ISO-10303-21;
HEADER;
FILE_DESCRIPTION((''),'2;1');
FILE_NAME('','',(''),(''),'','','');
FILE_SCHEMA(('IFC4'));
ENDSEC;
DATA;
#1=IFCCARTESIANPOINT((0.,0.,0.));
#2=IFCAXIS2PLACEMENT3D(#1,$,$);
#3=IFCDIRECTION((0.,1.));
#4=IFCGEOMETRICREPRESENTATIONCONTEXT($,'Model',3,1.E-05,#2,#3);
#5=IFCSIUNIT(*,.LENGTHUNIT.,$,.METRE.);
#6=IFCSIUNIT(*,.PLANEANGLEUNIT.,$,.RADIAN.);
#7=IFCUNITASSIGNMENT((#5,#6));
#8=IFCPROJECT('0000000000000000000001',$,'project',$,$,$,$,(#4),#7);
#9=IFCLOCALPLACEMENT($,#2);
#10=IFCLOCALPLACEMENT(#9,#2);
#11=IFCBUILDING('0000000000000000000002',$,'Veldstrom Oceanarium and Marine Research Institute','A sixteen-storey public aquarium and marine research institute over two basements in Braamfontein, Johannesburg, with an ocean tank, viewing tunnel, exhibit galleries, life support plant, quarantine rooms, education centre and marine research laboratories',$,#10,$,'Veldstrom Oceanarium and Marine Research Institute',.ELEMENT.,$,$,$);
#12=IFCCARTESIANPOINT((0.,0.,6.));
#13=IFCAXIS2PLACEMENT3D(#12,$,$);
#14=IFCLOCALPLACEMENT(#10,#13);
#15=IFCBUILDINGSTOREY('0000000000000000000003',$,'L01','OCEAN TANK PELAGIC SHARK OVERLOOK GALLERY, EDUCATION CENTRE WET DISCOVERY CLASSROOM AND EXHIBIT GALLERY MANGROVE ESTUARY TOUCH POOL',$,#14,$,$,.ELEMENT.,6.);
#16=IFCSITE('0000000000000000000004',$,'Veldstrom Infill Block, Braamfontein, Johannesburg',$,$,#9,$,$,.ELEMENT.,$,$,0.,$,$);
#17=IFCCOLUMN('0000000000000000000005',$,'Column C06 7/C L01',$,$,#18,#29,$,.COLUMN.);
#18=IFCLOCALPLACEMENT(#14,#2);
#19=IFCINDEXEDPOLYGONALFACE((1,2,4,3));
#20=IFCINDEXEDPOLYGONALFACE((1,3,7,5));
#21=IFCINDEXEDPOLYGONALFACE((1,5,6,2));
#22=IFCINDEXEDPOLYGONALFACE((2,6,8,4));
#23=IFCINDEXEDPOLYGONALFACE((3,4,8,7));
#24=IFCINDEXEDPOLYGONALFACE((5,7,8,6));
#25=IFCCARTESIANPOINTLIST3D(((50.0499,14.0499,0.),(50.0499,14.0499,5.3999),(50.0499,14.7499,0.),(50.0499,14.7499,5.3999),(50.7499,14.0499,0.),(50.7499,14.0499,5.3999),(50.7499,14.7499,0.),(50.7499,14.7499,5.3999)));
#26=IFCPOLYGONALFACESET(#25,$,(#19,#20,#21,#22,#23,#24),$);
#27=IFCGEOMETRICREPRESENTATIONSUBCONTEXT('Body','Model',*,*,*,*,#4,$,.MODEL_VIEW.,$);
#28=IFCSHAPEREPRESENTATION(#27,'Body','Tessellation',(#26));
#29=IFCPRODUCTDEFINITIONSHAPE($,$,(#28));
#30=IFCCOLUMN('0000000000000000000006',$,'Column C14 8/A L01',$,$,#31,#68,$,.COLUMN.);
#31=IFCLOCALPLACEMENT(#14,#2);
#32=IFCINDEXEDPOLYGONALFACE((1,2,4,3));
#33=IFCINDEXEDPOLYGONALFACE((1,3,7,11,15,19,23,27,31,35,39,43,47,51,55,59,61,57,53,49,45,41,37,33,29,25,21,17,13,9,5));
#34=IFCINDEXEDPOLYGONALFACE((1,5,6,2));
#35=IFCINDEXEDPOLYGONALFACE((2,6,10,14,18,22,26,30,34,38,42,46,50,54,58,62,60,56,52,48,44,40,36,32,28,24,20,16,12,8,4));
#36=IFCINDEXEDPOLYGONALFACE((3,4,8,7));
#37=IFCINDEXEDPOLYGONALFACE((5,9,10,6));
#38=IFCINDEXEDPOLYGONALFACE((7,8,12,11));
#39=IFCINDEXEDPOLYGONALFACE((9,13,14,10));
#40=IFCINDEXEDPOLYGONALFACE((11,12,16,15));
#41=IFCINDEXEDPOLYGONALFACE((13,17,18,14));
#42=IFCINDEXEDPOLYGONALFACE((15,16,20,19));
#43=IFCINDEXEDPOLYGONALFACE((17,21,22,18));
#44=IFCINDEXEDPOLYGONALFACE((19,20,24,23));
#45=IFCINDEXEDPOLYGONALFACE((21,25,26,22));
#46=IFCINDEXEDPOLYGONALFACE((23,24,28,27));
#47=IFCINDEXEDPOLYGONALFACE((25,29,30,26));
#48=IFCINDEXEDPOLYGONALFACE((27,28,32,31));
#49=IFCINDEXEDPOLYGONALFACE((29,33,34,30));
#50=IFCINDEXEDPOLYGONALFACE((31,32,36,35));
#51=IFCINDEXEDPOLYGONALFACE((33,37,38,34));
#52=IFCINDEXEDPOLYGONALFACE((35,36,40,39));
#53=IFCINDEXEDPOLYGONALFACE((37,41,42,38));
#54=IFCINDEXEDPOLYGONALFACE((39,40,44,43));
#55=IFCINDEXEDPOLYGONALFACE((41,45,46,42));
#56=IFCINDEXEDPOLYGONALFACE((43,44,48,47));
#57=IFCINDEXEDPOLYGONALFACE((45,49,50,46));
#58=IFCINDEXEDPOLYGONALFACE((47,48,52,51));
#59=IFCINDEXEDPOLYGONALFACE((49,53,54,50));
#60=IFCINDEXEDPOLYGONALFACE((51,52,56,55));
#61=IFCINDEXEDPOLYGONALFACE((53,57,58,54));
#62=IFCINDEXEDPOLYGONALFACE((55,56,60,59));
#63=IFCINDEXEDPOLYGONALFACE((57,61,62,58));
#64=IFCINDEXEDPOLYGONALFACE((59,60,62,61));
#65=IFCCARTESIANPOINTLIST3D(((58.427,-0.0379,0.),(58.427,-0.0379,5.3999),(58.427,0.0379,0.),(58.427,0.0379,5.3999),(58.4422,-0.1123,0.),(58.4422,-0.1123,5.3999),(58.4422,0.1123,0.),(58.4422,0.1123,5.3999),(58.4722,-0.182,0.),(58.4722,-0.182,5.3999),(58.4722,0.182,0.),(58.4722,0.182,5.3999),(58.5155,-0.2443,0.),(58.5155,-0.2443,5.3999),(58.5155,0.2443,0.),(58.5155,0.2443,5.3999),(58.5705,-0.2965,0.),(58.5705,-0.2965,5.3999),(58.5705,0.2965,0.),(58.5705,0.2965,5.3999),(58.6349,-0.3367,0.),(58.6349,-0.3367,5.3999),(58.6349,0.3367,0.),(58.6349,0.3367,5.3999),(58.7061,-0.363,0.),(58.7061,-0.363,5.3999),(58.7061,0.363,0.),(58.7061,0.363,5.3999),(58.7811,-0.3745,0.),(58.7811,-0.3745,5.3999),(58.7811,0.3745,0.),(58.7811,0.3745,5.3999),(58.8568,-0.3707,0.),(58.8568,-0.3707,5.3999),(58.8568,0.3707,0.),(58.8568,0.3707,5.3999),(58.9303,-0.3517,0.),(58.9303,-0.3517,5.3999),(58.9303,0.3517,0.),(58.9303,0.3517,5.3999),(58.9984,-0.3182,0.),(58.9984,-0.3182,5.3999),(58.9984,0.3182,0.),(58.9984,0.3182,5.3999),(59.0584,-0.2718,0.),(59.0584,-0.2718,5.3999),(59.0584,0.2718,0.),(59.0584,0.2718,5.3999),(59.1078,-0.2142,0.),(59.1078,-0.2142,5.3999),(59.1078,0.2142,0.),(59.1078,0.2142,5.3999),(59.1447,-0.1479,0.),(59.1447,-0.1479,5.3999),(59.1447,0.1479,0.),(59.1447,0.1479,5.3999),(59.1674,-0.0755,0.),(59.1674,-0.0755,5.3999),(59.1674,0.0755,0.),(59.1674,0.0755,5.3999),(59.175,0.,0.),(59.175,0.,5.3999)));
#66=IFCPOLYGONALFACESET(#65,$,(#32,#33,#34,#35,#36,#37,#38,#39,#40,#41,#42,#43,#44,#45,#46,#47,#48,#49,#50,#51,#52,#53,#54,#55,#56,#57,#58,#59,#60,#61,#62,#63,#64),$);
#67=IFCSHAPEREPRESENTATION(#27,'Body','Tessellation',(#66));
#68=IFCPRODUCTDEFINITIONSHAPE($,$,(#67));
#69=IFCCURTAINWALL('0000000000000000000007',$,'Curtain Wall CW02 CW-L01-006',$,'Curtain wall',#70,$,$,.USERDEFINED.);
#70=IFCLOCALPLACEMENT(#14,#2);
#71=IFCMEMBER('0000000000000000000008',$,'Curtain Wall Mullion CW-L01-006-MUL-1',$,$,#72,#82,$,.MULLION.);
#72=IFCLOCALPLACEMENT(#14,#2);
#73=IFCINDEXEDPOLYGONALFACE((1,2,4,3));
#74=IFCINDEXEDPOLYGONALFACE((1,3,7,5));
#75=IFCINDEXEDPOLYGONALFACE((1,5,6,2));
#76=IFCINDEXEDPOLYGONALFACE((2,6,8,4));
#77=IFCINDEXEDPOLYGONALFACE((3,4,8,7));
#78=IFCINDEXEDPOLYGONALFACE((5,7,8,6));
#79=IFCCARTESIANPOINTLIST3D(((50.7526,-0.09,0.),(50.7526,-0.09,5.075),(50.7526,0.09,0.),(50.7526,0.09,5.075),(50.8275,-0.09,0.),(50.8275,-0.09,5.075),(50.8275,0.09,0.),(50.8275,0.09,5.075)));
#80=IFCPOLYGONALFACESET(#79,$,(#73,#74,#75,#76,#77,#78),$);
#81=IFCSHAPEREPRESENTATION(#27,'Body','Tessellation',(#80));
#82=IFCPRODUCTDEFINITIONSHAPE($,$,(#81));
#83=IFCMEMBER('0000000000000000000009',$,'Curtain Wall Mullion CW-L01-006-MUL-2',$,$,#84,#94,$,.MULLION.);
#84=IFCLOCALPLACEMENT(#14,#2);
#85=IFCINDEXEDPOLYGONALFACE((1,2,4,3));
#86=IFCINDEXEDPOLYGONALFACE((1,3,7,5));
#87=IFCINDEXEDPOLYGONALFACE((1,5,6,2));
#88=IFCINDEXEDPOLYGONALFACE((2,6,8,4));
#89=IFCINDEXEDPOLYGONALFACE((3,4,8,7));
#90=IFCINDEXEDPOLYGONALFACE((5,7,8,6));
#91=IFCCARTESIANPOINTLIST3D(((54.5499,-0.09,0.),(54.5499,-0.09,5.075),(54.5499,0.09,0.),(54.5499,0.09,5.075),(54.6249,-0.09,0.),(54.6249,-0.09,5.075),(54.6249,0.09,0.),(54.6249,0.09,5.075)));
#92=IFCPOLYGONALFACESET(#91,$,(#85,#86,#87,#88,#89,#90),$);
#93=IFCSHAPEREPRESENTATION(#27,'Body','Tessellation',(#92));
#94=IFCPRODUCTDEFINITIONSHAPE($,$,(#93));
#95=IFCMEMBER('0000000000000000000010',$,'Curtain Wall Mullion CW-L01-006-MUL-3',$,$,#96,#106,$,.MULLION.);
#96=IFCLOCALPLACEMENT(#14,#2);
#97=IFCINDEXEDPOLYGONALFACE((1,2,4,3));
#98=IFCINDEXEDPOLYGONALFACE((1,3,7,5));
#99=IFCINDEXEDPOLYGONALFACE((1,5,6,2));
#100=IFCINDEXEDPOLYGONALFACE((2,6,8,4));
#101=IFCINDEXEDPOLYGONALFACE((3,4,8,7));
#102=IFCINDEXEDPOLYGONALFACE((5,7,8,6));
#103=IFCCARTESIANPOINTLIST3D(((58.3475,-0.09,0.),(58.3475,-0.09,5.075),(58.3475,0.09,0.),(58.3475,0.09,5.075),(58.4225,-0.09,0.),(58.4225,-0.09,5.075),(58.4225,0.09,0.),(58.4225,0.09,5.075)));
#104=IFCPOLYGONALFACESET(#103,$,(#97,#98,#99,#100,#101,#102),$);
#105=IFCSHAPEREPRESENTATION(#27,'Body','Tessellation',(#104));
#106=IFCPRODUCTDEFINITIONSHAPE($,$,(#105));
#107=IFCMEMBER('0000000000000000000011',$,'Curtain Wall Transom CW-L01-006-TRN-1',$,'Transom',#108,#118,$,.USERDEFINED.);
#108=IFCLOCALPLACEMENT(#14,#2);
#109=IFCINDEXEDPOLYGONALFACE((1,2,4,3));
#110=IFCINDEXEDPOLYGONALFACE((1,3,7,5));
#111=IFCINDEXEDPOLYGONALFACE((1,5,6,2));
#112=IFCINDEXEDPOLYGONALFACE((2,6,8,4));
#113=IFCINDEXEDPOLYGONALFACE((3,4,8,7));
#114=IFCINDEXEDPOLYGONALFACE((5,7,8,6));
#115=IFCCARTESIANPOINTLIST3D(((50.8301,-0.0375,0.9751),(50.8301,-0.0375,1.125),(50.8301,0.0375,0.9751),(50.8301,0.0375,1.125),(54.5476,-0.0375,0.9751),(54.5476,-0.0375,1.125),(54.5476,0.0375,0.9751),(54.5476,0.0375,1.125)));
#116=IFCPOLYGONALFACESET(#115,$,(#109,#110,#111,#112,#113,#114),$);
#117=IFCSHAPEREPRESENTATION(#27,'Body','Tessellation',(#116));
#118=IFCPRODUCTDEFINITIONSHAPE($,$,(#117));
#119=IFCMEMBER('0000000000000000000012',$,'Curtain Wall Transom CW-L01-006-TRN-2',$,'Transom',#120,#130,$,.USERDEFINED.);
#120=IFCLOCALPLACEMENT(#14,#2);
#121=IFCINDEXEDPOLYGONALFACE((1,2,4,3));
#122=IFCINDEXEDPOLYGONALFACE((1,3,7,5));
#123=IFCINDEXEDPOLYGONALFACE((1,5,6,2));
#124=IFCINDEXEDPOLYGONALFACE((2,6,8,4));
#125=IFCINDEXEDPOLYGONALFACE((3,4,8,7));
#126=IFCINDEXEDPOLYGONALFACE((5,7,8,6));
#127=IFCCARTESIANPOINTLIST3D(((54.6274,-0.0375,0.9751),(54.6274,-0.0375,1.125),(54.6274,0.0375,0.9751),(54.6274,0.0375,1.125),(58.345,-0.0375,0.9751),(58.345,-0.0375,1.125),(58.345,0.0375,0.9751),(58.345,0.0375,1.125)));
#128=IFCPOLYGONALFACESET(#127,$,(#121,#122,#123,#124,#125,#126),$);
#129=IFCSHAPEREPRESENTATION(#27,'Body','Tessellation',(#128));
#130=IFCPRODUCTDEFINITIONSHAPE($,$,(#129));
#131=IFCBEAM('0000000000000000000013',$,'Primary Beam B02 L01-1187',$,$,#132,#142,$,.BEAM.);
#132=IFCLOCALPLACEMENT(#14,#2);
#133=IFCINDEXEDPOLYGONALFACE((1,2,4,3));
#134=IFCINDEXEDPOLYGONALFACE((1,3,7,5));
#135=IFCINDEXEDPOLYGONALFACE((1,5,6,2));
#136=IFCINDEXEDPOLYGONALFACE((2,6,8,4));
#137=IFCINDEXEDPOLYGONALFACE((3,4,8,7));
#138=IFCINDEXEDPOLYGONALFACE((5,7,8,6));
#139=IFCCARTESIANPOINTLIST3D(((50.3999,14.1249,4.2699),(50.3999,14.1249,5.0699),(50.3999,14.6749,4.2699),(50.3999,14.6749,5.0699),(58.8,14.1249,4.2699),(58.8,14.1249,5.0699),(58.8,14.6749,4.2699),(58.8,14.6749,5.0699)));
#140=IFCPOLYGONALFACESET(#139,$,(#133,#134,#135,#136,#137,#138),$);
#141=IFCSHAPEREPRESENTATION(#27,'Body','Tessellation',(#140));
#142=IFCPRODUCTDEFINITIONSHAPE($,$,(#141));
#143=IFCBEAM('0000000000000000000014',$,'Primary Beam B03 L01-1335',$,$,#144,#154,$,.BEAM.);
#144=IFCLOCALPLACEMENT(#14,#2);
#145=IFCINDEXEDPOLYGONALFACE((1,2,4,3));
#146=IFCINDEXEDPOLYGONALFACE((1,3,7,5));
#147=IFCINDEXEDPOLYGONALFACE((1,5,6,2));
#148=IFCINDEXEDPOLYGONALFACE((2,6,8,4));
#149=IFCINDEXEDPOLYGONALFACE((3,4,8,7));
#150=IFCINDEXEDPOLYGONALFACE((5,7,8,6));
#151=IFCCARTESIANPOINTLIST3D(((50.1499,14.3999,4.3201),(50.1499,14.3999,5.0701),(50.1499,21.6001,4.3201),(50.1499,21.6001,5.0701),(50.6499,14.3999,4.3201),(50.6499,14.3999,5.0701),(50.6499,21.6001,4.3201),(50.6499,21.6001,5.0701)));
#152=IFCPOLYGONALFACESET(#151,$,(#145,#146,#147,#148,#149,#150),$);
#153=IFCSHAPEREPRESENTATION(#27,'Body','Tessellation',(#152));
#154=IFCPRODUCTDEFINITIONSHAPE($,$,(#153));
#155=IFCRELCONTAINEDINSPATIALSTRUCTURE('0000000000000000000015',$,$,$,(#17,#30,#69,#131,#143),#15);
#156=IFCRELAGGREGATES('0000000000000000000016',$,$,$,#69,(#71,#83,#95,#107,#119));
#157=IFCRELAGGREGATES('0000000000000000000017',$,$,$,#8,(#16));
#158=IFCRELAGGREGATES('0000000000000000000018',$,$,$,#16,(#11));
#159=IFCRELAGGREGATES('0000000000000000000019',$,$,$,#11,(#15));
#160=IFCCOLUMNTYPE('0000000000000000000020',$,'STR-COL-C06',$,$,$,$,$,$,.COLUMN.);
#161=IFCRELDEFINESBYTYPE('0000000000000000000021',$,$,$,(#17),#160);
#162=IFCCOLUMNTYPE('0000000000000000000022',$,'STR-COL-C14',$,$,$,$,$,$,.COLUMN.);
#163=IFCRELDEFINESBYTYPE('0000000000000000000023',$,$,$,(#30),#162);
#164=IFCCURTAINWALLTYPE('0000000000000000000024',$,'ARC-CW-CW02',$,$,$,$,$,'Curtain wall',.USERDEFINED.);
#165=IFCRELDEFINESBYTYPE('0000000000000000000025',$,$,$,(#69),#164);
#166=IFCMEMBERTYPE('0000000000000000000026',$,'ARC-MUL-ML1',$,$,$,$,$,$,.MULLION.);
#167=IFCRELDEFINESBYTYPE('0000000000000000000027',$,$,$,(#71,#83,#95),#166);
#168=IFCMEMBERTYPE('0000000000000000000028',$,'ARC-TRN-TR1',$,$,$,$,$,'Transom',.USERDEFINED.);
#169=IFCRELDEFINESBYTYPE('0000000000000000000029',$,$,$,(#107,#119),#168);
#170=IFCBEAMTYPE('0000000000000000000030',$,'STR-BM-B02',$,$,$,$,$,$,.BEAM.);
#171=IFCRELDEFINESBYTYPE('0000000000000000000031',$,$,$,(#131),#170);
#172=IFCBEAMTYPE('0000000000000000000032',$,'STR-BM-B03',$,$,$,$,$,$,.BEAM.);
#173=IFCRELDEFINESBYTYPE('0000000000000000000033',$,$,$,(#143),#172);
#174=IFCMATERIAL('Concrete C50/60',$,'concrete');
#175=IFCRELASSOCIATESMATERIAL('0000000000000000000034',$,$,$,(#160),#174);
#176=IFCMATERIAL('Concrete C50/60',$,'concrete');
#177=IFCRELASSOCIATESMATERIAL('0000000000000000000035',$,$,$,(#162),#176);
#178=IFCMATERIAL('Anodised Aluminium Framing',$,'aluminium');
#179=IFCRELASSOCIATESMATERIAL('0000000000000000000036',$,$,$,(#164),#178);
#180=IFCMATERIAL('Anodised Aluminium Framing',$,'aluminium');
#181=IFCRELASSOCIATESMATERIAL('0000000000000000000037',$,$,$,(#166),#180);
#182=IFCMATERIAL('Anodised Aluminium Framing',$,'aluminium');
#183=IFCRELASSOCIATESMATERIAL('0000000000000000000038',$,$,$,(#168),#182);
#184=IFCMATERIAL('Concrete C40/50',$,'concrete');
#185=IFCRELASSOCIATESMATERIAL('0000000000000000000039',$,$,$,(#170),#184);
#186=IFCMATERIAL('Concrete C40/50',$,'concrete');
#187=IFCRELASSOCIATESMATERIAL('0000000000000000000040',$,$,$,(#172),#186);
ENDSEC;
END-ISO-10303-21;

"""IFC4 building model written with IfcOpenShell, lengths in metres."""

from ifc_helpers import new_model, si_unit, direction, frame, origin, origin_2d, place, context, subcontext, project, spatial, rectangle, circle, extrude, material, material_profile, profile_set, type_object, element, aggregate, save


model = new_model("IFC4")

# Units and contexts
model_context = context("Model", 3, precision=1e-05, world=origin(), true_north=direction((0.0, 1.0)))
body_context = subcontext(model_context, "Body", "Model", "MODEL_VIEW")
ifc_project = project(units=[si_unit("LENGTHUNIT", "METRE"), si_unit("PLANEANGLEUNIT", "RADIAN")], contexts=[model_context])

# Site, building, storey
site_placement = place(None, origin())
site = spatial("IfcSite", under=ifc_project, at=site_placement, Name="Veldstrom Infill Block, Braamfontein, Johannesburg", CompositionType="ELEMENT", RefElevation=0.0)
building_placement = place(site_placement, origin())
building = spatial("IfcBuilding", under=site, at=building_placement, Name="Veldstrom Oceanarium and Marine Research Institute", Description="A sixteen-storey public aquarium and marine research institute over two basements in Braamfontein, Johannesburg, with an ocean tank, viewing tunnel, exhibit galleries, life support plant, quarantine rooms, education centre and marine research laboratories", LongName="Veldstrom Oceanarium and Marine Research Institute", CompositionType="ELEMENT")
storey_placement = place(building_placement, frame((0.0, 0.0, 6.0)))
storey = spatial("IfcBuildingStorey", under=building, at=storey_placement, Name="L01", Description="OCEAN TANK PELAGIC SHARK OVERLOOK GALLERY, EDUCATION CENTRE WET DISCOVERY CLASSROOM AND EXHIBIT GALLERY MANGROVE ESTUARY TOUCH POOL", CompositionType="ELEMENT", Elevation=6.0)

# Columns
ifc_material_1 = material(Name="Concrete C50/60", Category="concrete")
ifc_material_profile_1 = material_profile(ifc_material_1, rectangle(XDim=0.7, YDim=0.7, at=origin_2d()), Name="RC-COL-700x700")
ifc_profile_set_1 = profile_set([ifc_material_profile_1], Name="Concrete C50/60")
column_type_1 = type_object("IfcColumnType", Name="STR-COL-C06", PredefinedType="COLUMN", material=ifc_profile_set_1)
column_1_placement = place(storey_placement, frame((50.3999, 14.3999, 0.0), z_axis=(0.0, 0.0, 1.0), x_axis=(1.0, 0.0, 0.0)))
element("IfcColumn", 1, at=column_1_placement, inside=storey, type_object=column_type_1, Name="Column C06 7/C L01", PredefinedType="COLUMN", context=body_context, shape_type="SweptSolid", body=[
    extrude(rectangle(XDim=0.7, YDim=0.7, at=origin_2d()), origin(), (0.0, 0.0, 1.0), 5.3999),
])
ifc_material_2 = material(Name="Concrete C50/60", Category="concrete")
ifc_material_profile_2 = material_profile(ifc_material_2, circle(Radius=0.375, at=origin_2d()), Name="RC-COL-D750")
ifc_profile_set_2 = profile_set([ifc_material_profile_2], Name="Concrete C50/60")
column_type_2 = type_object("IfcColumnType", Name="STR-COL-C14", PredefinedType="COLUMN", material=ifc_profile_set_2)
column_2_placement = place(storey_placement, frame((58.8, 0.0, 0.0), z_axis=(0.0, 0.0, 1.0), x_axis=(1.0, 0.0, 0.0)))
element("IfcColumn", 2, at=column_2_placement, inside=storey, type_object=column_type_2, Name="Column C14 8/A L01", PredefinedType="COLUMN", context=body_context, shape_type="SweptSolid", body=[
    extrude(circle(Radius=0.375, at=origin_2d()), origin(), (0.0, 0.0, 1.0), 5.3999),
])

# Curtain wall, members
ifc_material_3 = material(Name="Anodised Aluminium Framing", Category="aluminium")
curtain_wall_type = type_object("IfcCurtainWallType", Name="ARC-CW-CW02", ElementType="Curtain wall", PredefinedType="USERDEFINED", material=ifc_material_3)
curtain_wall_placement = place(storey_placement, origin())
curtain_wall = element("IfcCurtainWall", 3, at=curtain_wall_placement, inside=storey, type_object=curtain_wall_type, Name="Curtain Wall CW02 CW-L01-006", ObjectType="Curtain wall", PredefinedType="USERDEFINED")
ifc_material_4 = material(Name="Anodised Aluminium Framing", Category="aluminium")
ifc_material_profile_3 = material_profile(ifc_material_4, rectangle(XDim=0.075, YDim=0.1799, at=origin_2d()), Name="ALU-MUL-75x180")
ifc_profile_set_3 = profile_set([ifc_material_profile_3], Name="Anodised Aluminium Framing")
member_type_1 = type_object("IfcMemberType", Name="ARC-MUL-ML1", PredefinedType="MULLION", material=ifc_profile_set_3)
member_1_placement = place(storey_placement, frame((50.79, 0.0, 0.0), z_axis=(0.0, 0.0, 1.0), x_axis=(1.0, 0.0, 0.0)))
member_1 = element("IfcMember", 4, at=member_1_placement, type_object=member_type_1, Name="Curtain Wall Mullion CW-L01-006-MUL-1", PredefinedType="MULLION", context=body_context, shape_type="SweptSolid", body=[
    extrude(rectangle(XDim=0.075, YDim=0.1799, at=origin_2d()), origin(), (0.0, 0.0, 1.0), 5.075),
])
member_2_placement = place(storey_placement, frame((54.5874, 0.0, 0.0), z_axis=(0.0, 0.0, 1.0), x_axis=(1.0, 0.0, 0.0)))
member_2 = element("IfcMember", 5, at=member_2_placement, type_object=member_type_1, Name="Curtain Wall Mullion CW-L01-006-MUL-2", PredefinedType="MULLION", context=body_context, shape_type="SweptSolid", body=[
    extrude(rectangle(XDim=0.075, YDim=0.1799, at=origin_2d()), origin(), (0.0, 0.0, 1.0), 5.075),
])
member_3_placement = place(storey_placement, frame((58.385, 0.0, 0.0), z_axis=(0.0, 0.0, 1.0), x_axis=(1.0, 0.0, 0.0)))
member_3 = element("IfcMember", 6, at=member_3_placement, type_object=member_type_1, Name="Curtain Wall Mullion CW-L01-006-MUL-3", PredefinedType="MULLION", context=body_context, shape_type="SweptSolid", body=[
    extrude(rectangle(XDim=0.075, YDim=0.1799, at=origin_2d()), origin(), (0.0, 0.0, 1.0), 5.075),
])
ifc_material_5 = material(Name="Anodised Aluminium Framing", Category="aluminium")
ifc_material_profile_4 = material_profile(ifc_material_5, rectangle(XDim=0.075, YDim=0.1499, at=origin_2d()), Name="ALU-TRN-75x150")
ifc_profile_set_4 = profile_set([ifc_material_profile_4], Name="Anodised Aluminium Framing")
member_type_2 = type_object("IfcMemberType", Name="ARC-TRN-TR1", ElementType="Transom", PredefinedType="USERDEFINED", material=ifc_profile_set_4)
member_4_placement = place(storey_placement, frame((50.8301, 0.0, 1.05), z_axis=(1.0, 0.0, 0.0), x_axis=(0.0, 1.0, 0.0)))
member_4 = element("IfcMember", 7, at=member_4_placement, type_object=member_type_2, Name="Curtain Wall Transom CW-L01-006-TRN-1", ObjectType="Transom", PredefinedType="USERDEFINED", context=body_context, shape_type="SweptSolid", body=[
    extrude(rectangle(XDim=0.075, YDim=0.1499, at=origin_2d()), origin(), (0.0, 0.0, 1.0), 3.7175),
])
member_5_placement = place(storey_placement, frame((54.6274, 0.0, 1.05), z_axis=(1.0, 0.0, 0.0), x_axis=(0.0, 1.0, 0.0)))
member_5 = element("IfcMember", 8, at=member_5_placement, type_object=member_type_2, Name="Curtain Wall Transom CW-L01-006-TRN-2", ObjectType="Transom", PredefinedType="USERDEFINED", context=body_context, shape_type="SweptSolid", body=[
    extrude(rectangle(XDim=0.075, YDim=0.1499, at=origin_2d()), origin(), (0.0, 0.0, 1.0), 3.7175),
])

# Beams
ifc_material_6 = material(Name="Concrete C40/50", Category="concrete")
ifc_material_profile_5 = material_profile(ifc_material_6, rectangle(XDim=0.55, YDim=0.8, at=origin_2d()), Name="RC-BM-550x800")
ifc_profile_set_5 = profile_set([ifc_material_profile_5], Name="Concrete C40/50")
beam_type_1 = type_object("IfcBeamType", Name="STR-BM-B02", PredefinedType="BEAM", material=ifc_profile_set_5)
beam_1_placement = place(storey_placement, frame((50.3999, 14.3999, 4.6699), z_axis=(1.0, 0.0, 0.0), x_axis=(0.0, 1.0, 0.0)))
element("IfcBeam", 9, at=beam_1_placement, inside=storey, type_object=beam_type_1, Name="Primary Beam B02 L01-1187", PredefinedType="BEAM", context=body_context, shape_type="SweptSolid", body=[
    extrude(rectangle(XDim=0.55, YDim=0.8, at=origin_2d()), origin(), (0.0, 0.0, 1.0), 8.4001),
])
ifc_material_7 = material(Name="Concrete C40/50", Category="concrete")
ifc_material_profile_6 = material_profile(ifc_material_7, rectangle(XDim=0.5, YDim=0.75, at=origin_2d()), Name="RC-BM-500x750")
ifc_profile_set_6 = profile_set([ifc_material_profile_6], Name="Concrete C40/50")
beam_type_2 = type_object("IfcBeamType", Name="STR-BM-B03", PredefinedType="BEAM", material=ifc_profile_set_6)
beam_2_placement = place(storey_placement, frame((50.3999, 14.3999, 4.6951), z_axis=(0.0, 1.0, 0.0), x_axis=(-1.0, 0.0, 0.0)))
element("IfcBeam", 10, at=beam_2_placement, inside=storey, type_object=beam_type_2, Name="Primary Beam B03 L01-1335", PredefinedType="BEAM", context=body_context, shape_type="SweptSolid", body=[
    extrude(rectangle(XDim=0.5, YDim=0.75, at=origin_2d()), origin(), (0.0, 0.0, 1.0), 7.2002),
])

aggregate(curtain_wall, [member_1, member_2, member_3, member_4, member_5])

save(model, "model.ifc")
